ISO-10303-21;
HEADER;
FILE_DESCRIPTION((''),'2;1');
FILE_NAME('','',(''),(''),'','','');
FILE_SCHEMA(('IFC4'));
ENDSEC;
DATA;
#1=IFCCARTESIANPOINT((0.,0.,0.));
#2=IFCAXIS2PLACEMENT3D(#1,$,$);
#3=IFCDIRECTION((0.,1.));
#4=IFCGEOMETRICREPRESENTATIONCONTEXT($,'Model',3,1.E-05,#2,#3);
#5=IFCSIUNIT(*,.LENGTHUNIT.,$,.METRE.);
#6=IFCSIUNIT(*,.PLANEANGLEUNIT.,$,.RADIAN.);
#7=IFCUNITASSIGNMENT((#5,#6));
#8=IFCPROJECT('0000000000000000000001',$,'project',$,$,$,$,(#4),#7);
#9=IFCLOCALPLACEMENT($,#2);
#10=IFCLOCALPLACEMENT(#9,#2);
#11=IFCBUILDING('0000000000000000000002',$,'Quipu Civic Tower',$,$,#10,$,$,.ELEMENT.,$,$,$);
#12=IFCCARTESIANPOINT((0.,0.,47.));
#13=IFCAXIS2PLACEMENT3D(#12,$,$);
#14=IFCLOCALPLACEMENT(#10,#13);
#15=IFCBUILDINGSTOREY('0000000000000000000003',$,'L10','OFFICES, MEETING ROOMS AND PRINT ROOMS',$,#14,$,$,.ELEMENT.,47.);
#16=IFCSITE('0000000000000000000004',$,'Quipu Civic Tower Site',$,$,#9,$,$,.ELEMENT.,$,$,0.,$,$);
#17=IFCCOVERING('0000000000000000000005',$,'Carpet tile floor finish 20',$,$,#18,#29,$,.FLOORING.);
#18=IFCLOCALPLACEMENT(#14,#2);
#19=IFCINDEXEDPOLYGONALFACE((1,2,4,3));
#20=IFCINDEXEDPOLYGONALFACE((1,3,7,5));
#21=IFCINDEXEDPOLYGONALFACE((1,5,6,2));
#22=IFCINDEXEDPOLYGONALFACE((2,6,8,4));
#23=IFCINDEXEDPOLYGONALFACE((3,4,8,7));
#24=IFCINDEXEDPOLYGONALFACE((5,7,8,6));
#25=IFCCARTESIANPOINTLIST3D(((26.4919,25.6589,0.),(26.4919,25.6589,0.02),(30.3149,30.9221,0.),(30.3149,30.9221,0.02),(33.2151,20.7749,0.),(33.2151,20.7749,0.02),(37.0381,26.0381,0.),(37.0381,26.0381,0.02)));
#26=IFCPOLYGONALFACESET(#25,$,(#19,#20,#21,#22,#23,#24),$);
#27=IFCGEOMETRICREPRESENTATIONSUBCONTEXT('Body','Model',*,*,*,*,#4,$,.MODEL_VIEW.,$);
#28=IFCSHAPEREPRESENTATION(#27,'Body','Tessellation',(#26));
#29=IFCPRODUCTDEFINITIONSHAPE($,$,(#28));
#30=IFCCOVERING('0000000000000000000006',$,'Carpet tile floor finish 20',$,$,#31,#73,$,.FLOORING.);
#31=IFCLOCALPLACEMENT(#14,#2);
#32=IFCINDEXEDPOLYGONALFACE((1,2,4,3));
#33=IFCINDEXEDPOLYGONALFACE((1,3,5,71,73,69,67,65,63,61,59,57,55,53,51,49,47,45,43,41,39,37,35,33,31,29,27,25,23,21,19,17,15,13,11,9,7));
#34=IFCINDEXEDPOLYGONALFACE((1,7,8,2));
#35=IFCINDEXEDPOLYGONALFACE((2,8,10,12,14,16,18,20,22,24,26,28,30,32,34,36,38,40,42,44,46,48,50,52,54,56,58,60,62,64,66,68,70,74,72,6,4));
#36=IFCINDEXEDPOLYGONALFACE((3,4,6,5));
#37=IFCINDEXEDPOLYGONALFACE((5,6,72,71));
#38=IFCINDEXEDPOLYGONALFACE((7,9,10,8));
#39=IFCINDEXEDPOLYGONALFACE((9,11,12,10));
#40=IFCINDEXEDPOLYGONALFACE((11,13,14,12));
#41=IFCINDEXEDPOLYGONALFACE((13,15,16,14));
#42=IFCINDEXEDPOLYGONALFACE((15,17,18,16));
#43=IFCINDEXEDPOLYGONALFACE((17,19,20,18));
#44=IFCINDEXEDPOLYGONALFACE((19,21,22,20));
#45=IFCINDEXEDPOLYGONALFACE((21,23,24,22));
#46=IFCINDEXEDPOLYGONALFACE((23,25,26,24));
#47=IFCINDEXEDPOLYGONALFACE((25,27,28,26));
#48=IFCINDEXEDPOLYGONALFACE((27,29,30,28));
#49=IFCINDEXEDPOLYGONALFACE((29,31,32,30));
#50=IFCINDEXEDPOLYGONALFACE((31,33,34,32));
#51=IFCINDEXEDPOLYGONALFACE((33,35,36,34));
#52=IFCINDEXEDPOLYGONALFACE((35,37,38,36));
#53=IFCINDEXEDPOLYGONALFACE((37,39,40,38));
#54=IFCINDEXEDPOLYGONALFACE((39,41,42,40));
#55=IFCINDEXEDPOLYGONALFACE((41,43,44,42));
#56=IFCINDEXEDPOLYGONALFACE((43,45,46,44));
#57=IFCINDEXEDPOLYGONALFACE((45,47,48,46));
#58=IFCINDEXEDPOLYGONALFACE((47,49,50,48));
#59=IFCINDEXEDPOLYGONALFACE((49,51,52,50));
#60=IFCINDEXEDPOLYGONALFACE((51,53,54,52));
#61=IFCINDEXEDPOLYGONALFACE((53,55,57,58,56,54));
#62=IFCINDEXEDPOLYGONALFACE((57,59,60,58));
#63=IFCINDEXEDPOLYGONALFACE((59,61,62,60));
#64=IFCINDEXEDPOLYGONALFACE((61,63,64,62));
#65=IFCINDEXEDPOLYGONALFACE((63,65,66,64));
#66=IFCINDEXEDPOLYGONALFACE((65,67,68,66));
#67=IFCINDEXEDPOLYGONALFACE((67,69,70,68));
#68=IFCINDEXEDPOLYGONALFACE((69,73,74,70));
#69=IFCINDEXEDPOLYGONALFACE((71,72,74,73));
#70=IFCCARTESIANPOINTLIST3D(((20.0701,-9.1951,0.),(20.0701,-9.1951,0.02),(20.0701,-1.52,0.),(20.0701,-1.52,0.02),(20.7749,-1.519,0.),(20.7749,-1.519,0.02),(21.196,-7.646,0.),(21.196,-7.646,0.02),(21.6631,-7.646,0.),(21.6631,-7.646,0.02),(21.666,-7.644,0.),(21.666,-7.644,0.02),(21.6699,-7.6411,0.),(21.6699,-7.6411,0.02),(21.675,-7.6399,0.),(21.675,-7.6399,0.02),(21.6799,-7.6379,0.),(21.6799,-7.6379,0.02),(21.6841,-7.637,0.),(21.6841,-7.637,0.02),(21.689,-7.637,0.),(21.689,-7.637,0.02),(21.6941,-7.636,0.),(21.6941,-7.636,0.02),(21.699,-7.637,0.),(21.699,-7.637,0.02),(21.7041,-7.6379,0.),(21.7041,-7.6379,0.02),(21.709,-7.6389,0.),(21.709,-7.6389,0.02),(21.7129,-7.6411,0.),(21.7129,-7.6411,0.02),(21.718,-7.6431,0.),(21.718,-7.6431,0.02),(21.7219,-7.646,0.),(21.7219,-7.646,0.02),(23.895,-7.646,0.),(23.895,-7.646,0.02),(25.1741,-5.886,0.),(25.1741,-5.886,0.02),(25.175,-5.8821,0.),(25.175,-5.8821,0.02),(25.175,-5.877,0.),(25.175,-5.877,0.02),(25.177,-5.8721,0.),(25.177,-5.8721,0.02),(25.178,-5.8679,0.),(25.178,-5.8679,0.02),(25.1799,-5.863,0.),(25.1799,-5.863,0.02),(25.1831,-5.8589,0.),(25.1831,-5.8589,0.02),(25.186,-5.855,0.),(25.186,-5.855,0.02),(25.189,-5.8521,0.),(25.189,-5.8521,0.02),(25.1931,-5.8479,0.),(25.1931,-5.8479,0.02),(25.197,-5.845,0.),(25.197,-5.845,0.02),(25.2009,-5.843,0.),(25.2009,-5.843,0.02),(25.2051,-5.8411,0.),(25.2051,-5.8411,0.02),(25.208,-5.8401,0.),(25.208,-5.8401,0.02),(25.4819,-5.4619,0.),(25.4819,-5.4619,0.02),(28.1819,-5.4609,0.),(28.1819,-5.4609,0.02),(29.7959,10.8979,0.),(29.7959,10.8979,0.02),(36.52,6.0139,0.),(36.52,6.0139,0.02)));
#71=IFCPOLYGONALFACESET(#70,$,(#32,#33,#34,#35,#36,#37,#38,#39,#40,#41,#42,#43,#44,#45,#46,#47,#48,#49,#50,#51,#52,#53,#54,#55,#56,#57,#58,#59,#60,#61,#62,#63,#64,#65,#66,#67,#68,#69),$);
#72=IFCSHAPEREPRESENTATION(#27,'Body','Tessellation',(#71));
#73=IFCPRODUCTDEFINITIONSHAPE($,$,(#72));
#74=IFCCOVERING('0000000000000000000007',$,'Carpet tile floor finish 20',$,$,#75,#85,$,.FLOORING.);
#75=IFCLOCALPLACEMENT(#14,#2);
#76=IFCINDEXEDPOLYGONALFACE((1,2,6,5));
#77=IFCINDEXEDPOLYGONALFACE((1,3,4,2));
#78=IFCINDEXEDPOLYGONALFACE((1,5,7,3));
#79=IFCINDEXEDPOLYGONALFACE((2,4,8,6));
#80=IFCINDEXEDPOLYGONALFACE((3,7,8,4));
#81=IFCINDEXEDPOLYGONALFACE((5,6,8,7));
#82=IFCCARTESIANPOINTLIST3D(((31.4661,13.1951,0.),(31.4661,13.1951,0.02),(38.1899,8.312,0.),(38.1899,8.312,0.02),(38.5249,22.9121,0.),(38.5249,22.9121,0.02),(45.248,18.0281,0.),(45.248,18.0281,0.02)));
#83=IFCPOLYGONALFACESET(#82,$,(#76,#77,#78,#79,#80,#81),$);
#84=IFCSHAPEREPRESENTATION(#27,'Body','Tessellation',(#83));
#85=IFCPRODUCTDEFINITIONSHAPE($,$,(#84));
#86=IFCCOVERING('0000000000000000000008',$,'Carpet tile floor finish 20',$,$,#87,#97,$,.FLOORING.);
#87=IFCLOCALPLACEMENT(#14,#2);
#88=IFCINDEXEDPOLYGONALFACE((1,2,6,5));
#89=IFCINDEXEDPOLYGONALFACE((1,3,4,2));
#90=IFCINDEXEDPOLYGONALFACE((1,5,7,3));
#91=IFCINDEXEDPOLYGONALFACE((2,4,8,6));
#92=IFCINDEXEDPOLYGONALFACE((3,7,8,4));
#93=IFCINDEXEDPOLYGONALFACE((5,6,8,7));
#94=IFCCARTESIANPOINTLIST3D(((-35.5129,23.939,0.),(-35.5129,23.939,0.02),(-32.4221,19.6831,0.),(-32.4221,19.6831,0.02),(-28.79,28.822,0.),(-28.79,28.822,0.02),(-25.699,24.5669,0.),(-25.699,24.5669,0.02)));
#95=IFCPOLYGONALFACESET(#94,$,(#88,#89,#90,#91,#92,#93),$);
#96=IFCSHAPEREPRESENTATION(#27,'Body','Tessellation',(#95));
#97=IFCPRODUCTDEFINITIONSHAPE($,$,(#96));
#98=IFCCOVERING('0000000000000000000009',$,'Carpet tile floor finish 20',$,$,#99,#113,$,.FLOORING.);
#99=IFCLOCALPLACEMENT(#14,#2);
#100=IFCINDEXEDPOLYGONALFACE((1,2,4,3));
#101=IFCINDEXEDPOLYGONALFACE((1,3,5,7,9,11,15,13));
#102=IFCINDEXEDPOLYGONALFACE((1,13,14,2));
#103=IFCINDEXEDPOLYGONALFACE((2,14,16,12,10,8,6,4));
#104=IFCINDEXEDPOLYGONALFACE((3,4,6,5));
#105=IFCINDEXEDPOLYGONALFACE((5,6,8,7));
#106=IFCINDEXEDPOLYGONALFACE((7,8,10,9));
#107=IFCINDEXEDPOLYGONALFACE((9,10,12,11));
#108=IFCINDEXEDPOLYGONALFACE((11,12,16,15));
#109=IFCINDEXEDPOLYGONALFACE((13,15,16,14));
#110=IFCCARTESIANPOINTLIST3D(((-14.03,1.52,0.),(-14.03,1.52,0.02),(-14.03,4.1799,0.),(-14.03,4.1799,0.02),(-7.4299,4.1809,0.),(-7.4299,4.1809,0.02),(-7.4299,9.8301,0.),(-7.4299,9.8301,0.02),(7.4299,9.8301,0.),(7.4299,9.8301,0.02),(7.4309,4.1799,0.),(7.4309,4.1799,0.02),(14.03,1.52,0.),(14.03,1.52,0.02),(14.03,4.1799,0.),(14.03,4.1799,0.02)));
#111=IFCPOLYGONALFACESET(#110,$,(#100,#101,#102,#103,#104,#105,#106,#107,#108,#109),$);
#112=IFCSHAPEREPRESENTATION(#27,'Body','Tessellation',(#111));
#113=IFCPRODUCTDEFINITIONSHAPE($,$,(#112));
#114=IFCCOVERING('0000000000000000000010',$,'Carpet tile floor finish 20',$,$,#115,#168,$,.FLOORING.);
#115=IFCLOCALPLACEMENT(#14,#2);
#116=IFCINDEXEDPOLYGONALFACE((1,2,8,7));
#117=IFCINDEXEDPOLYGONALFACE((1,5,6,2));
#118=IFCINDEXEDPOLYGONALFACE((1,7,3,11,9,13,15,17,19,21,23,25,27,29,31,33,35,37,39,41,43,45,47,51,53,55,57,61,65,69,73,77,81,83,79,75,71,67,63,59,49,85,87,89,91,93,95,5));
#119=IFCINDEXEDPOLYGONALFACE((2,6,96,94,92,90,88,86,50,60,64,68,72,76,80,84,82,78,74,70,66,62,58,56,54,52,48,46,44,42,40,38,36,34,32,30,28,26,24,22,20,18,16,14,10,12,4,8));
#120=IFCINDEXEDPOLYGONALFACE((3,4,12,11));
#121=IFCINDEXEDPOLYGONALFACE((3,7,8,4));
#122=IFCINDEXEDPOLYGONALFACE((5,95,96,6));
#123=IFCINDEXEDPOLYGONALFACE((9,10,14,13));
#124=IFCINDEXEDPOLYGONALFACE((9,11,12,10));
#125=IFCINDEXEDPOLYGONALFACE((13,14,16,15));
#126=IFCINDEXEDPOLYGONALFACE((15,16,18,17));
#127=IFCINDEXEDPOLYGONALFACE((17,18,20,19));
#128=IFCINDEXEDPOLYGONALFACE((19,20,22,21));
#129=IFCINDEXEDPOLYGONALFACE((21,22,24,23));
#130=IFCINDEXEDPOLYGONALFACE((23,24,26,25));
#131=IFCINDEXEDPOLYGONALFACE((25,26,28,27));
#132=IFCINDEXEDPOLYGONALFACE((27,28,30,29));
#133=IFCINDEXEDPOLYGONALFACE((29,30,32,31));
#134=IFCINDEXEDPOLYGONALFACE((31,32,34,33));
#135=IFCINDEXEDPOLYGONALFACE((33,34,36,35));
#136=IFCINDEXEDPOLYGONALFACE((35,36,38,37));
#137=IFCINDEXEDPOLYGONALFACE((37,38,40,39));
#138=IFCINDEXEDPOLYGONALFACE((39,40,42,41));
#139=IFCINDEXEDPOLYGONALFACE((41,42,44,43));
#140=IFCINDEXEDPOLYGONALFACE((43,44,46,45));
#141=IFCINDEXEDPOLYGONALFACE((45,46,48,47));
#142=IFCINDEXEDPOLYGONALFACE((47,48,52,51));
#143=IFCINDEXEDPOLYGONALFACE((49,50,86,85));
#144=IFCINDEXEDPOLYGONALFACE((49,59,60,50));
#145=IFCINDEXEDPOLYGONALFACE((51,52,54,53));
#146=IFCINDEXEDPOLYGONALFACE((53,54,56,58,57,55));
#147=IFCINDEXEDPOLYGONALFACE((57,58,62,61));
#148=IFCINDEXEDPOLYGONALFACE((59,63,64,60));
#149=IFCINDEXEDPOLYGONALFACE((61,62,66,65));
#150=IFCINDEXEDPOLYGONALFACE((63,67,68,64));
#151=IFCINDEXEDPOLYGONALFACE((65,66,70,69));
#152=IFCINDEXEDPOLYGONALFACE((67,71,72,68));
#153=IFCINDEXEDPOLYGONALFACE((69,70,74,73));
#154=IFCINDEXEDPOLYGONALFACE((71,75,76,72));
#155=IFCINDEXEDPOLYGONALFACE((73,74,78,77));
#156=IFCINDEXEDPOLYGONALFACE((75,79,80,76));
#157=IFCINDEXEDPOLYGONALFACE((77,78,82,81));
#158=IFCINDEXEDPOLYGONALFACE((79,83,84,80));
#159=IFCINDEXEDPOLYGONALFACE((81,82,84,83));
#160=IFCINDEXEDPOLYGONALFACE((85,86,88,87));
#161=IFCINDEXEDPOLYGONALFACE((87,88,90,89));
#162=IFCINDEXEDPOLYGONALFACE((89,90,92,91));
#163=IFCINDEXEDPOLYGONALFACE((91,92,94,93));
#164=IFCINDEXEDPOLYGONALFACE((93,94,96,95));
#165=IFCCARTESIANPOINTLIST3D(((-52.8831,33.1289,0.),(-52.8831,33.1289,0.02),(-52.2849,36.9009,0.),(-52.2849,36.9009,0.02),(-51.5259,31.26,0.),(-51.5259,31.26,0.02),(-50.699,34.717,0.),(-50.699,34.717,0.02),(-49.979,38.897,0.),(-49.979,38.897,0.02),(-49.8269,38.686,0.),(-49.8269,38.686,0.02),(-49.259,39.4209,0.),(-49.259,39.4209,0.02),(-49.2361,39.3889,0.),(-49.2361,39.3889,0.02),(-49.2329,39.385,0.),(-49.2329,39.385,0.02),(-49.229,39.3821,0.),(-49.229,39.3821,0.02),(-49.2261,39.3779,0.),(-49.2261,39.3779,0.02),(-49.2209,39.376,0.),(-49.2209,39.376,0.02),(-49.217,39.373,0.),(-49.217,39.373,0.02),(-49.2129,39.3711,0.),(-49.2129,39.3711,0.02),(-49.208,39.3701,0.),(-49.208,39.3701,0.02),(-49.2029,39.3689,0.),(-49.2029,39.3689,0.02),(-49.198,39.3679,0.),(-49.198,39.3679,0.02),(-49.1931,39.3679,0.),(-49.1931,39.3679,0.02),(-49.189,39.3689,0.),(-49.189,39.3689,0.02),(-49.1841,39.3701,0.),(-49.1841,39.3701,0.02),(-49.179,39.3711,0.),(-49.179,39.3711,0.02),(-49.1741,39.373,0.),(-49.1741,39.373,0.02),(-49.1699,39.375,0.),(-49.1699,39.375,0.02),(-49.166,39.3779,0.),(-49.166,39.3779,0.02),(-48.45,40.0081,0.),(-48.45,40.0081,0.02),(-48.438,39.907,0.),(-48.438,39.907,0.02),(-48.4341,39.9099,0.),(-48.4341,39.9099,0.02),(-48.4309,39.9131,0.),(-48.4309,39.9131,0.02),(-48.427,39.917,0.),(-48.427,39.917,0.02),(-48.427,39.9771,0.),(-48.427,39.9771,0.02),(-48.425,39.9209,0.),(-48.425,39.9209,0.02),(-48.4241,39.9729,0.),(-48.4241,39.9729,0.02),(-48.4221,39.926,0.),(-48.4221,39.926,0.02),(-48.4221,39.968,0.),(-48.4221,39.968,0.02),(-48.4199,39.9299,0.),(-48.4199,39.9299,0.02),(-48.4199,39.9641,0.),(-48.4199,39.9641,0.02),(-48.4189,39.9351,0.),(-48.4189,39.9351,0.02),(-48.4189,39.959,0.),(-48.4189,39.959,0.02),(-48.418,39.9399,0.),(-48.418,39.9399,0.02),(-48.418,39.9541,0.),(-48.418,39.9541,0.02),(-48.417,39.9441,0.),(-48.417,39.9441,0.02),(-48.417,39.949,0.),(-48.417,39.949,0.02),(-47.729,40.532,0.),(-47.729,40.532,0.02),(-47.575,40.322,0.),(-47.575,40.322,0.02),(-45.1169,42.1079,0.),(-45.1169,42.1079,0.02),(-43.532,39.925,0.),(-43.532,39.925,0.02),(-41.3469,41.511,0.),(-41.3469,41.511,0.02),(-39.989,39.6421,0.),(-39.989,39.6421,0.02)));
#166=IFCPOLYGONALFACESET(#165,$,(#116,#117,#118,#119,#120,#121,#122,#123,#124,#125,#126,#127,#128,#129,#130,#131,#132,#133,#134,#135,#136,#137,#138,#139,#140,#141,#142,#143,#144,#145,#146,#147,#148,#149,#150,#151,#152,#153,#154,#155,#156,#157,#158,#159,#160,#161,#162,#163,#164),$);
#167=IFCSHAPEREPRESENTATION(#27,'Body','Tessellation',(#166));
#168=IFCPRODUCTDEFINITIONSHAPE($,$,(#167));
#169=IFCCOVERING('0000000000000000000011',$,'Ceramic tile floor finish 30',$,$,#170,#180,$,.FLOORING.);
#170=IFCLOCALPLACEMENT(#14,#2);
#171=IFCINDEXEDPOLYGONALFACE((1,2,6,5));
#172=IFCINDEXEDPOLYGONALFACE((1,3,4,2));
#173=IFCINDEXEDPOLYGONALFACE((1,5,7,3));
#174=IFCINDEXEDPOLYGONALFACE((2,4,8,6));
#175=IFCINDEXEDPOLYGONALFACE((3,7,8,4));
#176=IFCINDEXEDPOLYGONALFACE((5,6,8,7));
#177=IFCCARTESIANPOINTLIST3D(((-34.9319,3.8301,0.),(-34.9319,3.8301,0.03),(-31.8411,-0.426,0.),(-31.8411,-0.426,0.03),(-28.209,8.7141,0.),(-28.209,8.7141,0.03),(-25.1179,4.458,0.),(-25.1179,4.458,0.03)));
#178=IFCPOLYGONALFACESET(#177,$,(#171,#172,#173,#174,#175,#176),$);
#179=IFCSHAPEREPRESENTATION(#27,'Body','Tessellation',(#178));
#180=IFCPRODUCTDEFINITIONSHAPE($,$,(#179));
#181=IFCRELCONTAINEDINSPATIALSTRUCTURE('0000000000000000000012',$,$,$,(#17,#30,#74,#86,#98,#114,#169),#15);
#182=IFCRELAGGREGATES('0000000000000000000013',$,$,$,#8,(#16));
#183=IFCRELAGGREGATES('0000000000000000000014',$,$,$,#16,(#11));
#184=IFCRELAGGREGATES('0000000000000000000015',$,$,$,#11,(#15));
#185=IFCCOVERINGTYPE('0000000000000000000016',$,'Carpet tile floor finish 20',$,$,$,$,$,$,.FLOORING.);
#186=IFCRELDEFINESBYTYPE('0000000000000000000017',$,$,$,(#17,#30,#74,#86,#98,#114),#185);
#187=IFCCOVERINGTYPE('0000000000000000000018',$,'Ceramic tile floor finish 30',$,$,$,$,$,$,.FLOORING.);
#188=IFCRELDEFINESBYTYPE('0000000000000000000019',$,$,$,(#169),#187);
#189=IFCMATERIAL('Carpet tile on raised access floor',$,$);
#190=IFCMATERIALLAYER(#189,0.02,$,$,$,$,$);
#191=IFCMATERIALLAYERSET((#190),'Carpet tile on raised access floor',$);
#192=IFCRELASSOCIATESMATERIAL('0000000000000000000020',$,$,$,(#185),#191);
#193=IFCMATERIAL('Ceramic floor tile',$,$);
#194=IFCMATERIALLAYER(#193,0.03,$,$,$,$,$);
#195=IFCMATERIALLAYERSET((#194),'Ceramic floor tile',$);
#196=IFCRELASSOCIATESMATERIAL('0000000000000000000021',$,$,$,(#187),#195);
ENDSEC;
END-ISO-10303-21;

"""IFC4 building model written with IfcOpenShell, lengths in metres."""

from ifc_helpers import new_model, si_unit, direction, frame, origin, place, context, subcontext, project, spatial, polyline, outline, extrude, material, layer, layer_set, type_object, element, save


model = new_model("IFC4")

# Units and contexts
model_context = context("Model", 3, precision=1e-05, world=origin(), true_north=direction((0.0, 1.0)))
body_context = subcontext(model_context, "Body", "Model", "MODEL_VIEW")
ifc_project = project(units=[si_unit("LENGTHUNIT", "METRE"), si_unit("PLANEANGLEUNIT", "RADIAN")], contexts=[model_context])

# Site, building, storey
site_placement = place(None, origin())
site = spatial("IfcSite", under=ifc_project, at=site_placement, Name="Quipu Civic Tower Site", CompositionType="ELEMENT", RefElevation=0.0)
building_placement = place(site_placement, origin())
building = spatial("IfcBuilding", under=site, at=building_placement, Name="Quipu Civic Tower", CompositionType="ELEMENT")
storey_placement = place(building_placement, frame((0.0, 0.0, 47.0)))
storey = spatial("IfcBuildingStorey", under=building, at=storey_placement, Name="L10", Description="OFFICES, MEETING ROOMS AND PRINT ROOMS", CompositionType="ELEMENT", Elevation=47.0)

# Coverings
ifc_material_1 = material(Name="Carpet tile on raised access floor")
ifc_layer_1 = layer(ifc_material_1, 0.02)
ifc_layer_set_1 = layer_set([ifc_layer_1], Name="Carpet tile on raised access floor")
covering_type_1 = type_object("IfcCoveringType", Name="Carpet tile floor finish 20", PredefinedType="FLOORING", material=ifc_layer_set_1)
covering_1_placement = place(storey_placement, origin())
element("IfcCovering", 1, at=covering_1_placement, inside=storey, type_object=covering_type_1, Name="Carpet tile floor finish 20", PredefinedType="FLOORING", context=body_context, shape_type="SweptSolid", body=[
    extrude(outline(polyline([(26.4919, 25.6589), (30.3149, 30.9221), (37.0381, 26.0381), (33.2151, 20.7749), (26.4919, 25.6589)])), origin(), (0.0, 0.0, 1.0), 0.02),
])
covering_2_placement = place(storey_placement, origin())
element("IfcCovering", 2, at=covering_2_placement, inside=storey, type_object=covering_type_1, Name="Carpet tile floor finish 20", PredefinedType="FLOORING", context=body_context, shape_type="SweptSolid", body=[
    extrude(outline(polyline([(20.0701, -9.1951), (20.0701, -1.52), (20.7749, -1.519), (29.7959, 10.8979), (36.52, 6.0139), (28.1819, -5.4609), (25.4819, -5.4619), (25.208, -5.8401), (25.2051, -5.8411), (25.2009, -5.843), (25.197, -5.845), (25.1931, -5.8479), (25.189, -5.8521), (25.186, -5.855), (25.1831, -5.8589), (25.1799, -5.863), (25.178, -5.8679), (25.177, -5.8721), (25.175, -5.877), (25.175, -5.8821), (25.1741, -5.886), (23.895, -7.646), (21.7219, -7.646), (21.7219, -7.646), (21.718, -7.6431), (21.7129, -7.6411), (21.709, -7.6389), (21.7041, -7.6379), (21.699, -7.637), (21.6941, -7.636), (21.689, -7.637), (21.6841, -7.637), (21.6799, -7.6379), (21.675, -7.6399), (21.6699, -7.6411), (21.666, -7.644), (21.6631, -7.646), (21.196, -7.646), (20.0701, -9.1951)])), origin(), (0.0, 0.0, 1.0), 0.02),
])
covering_3_placement = place(storey_placement, origin())
element("IfcCovering", 3, at=covering_3_placement, inside=storey, type_object=covering_type_1, Name="Carpet tile floor finish 20", PredefinedType="FLOORING", context=body_context, shape_type="SweptSolid", body=[
    extrude(outline(polyline([(31.4661, 13.1951), (38.5249, 22.9121), (45.248, 18.0281), (38.1899, 8.312), (31.4661, 13.1951)])), origin(), (0.0, 0.0, 1.0), 0.02),
])
covering_4_placement = place(storey_placement, origin())
element("IfcCovering", 4, at=covering_4_placement, inside=storey, type_object=covering_type_1, Name="Carpet tile floor finish 20", PredefinedType="FLOORING", context=body_context, shape_type="SweptSolid", body=[
    extrude(outline(polyline([(-35.5129, 23.939), (-28.79, 28.822), (-25.699, 24.5669), (-32.4221, 19.6831), (-35.5129, 23.939)])), origin(), (0.0, 0.0, 1.0), 0.02),
])
covering_5_placement = place(storey_placement, origin())
element("IfcCovering", 5, at=covering_5_placement, inside=storey, type_object=covering_type_1, Name="Carpet tile floor finish 20", PredefinedType="FLOORING", context=body_context, shape_type="SweptSolid", body=[
    extrude(outline(polyline([(-14.03, 1.52), (-14.03, 4.1799), (-7.4299, 4.1809), (-7.4299, 9.8301), (7.4299, 9.8301), (7.4309, 4.1799), (14.03, 4.1799), (14.03, 1.52), (-14.03, 1.52)])), origin(), (0.0, 0.0, 1.0), 0.02),
])
covering_6_placement = place(storey_placement, origin())
element("IfcCovering", 6, at=covering_6_placement, inside=storey, type_object=covering_type_1, Name="Carpet tile floor finish 20", PredefinedType="FLOORING", context=body_context, shape_type="SweptSolid", body=[
    extrude(outline(polyline([(-52.8831, 33.1289), (-50.699, 34.717), (-52.2849, 36.9009), (-49.8269, 38.686), (-49.979, 38.897), (-49.259, 39.4209), (-49.2361, 39.3889), (-49.2329, 39.385), (-49.229, 39.3821), (-49.2261, 39.3779), (-49.2209, 39.376), (-49.217, 39.373), (-49.2129, 39.3711), (-49.208, 39.3701), (-49.2029, 39.3689), (-49.198, 39.3679), (-49.1931, 39.3679), (-49.189, 39.3689), (-49.1841, 39.3701), (-49.179, 39.3711), (-49.1741, 39.373), (-49.1699, 39.375), (-49.166, 39.3779), (-48.438, 39.907), (-48.4341, 39.9099), (-48.4309, 39.9131), (-48.427, 39.917), (-48.425, 39.9209), (-48.4221, 39.926), (-48.4199, 39.9299), (-48.4189, 39.9351), (-48.418, 39.9399), (-48.417, 39.9441), (-48.417, 39.949), (-48.418, 39.9541), (-48.4189, 39.959), (-48.4199, 39.9641), (-48.4221, 39.968), (-48.4241, 39.9729), (-48.427, 39.9771), (-48.45, 40.0081), (-47.729, 40.532), (-47.575, 40.322), (-45.1169, 42.1079), (-43.532, 39.925), (-41.3469, 41.511), (-39.989, 39.6421), (-51.5259, 31.26), (-52.8831, 33.1289)])), origin(), (0.0, 0.0, 1.0), 0.02),
])
ifc_material_2 = material(Name="Ceramic floor tile")
ifc_layer_2 = layer(ifc_material_2, 0.03)
ifc_layer_set_2 = layer_set([ifc_layer_2], Name="Ceramic floor tile")
covering_type_2 = type_object("IfcCoveringType", Name="Ceramic tile floor finish 30", PredefinedType="FLOORING", material=ifc_layer_set_2)
covering_7_placement = place(storey_placement, origin())
element("IfcCovering", 7, at=covering_7_placement, inside=storey, type_object=covering_type_2, Name="Ceramic tile floor finish 30", PredefinedType="FLOORING", context=body_context, shape_type="SweptSolid", body=[
    extrude(outline(polyline([(-34.9319, 3.8301), (-28.209, 8.7141), (-25.1179, 4.458), (-31.8411, -0.426), (-34.9319, 3.8301)])), origin(), (0.0, 0.0, 1.0), 0.03),
])

save(model, "model.ifc")
